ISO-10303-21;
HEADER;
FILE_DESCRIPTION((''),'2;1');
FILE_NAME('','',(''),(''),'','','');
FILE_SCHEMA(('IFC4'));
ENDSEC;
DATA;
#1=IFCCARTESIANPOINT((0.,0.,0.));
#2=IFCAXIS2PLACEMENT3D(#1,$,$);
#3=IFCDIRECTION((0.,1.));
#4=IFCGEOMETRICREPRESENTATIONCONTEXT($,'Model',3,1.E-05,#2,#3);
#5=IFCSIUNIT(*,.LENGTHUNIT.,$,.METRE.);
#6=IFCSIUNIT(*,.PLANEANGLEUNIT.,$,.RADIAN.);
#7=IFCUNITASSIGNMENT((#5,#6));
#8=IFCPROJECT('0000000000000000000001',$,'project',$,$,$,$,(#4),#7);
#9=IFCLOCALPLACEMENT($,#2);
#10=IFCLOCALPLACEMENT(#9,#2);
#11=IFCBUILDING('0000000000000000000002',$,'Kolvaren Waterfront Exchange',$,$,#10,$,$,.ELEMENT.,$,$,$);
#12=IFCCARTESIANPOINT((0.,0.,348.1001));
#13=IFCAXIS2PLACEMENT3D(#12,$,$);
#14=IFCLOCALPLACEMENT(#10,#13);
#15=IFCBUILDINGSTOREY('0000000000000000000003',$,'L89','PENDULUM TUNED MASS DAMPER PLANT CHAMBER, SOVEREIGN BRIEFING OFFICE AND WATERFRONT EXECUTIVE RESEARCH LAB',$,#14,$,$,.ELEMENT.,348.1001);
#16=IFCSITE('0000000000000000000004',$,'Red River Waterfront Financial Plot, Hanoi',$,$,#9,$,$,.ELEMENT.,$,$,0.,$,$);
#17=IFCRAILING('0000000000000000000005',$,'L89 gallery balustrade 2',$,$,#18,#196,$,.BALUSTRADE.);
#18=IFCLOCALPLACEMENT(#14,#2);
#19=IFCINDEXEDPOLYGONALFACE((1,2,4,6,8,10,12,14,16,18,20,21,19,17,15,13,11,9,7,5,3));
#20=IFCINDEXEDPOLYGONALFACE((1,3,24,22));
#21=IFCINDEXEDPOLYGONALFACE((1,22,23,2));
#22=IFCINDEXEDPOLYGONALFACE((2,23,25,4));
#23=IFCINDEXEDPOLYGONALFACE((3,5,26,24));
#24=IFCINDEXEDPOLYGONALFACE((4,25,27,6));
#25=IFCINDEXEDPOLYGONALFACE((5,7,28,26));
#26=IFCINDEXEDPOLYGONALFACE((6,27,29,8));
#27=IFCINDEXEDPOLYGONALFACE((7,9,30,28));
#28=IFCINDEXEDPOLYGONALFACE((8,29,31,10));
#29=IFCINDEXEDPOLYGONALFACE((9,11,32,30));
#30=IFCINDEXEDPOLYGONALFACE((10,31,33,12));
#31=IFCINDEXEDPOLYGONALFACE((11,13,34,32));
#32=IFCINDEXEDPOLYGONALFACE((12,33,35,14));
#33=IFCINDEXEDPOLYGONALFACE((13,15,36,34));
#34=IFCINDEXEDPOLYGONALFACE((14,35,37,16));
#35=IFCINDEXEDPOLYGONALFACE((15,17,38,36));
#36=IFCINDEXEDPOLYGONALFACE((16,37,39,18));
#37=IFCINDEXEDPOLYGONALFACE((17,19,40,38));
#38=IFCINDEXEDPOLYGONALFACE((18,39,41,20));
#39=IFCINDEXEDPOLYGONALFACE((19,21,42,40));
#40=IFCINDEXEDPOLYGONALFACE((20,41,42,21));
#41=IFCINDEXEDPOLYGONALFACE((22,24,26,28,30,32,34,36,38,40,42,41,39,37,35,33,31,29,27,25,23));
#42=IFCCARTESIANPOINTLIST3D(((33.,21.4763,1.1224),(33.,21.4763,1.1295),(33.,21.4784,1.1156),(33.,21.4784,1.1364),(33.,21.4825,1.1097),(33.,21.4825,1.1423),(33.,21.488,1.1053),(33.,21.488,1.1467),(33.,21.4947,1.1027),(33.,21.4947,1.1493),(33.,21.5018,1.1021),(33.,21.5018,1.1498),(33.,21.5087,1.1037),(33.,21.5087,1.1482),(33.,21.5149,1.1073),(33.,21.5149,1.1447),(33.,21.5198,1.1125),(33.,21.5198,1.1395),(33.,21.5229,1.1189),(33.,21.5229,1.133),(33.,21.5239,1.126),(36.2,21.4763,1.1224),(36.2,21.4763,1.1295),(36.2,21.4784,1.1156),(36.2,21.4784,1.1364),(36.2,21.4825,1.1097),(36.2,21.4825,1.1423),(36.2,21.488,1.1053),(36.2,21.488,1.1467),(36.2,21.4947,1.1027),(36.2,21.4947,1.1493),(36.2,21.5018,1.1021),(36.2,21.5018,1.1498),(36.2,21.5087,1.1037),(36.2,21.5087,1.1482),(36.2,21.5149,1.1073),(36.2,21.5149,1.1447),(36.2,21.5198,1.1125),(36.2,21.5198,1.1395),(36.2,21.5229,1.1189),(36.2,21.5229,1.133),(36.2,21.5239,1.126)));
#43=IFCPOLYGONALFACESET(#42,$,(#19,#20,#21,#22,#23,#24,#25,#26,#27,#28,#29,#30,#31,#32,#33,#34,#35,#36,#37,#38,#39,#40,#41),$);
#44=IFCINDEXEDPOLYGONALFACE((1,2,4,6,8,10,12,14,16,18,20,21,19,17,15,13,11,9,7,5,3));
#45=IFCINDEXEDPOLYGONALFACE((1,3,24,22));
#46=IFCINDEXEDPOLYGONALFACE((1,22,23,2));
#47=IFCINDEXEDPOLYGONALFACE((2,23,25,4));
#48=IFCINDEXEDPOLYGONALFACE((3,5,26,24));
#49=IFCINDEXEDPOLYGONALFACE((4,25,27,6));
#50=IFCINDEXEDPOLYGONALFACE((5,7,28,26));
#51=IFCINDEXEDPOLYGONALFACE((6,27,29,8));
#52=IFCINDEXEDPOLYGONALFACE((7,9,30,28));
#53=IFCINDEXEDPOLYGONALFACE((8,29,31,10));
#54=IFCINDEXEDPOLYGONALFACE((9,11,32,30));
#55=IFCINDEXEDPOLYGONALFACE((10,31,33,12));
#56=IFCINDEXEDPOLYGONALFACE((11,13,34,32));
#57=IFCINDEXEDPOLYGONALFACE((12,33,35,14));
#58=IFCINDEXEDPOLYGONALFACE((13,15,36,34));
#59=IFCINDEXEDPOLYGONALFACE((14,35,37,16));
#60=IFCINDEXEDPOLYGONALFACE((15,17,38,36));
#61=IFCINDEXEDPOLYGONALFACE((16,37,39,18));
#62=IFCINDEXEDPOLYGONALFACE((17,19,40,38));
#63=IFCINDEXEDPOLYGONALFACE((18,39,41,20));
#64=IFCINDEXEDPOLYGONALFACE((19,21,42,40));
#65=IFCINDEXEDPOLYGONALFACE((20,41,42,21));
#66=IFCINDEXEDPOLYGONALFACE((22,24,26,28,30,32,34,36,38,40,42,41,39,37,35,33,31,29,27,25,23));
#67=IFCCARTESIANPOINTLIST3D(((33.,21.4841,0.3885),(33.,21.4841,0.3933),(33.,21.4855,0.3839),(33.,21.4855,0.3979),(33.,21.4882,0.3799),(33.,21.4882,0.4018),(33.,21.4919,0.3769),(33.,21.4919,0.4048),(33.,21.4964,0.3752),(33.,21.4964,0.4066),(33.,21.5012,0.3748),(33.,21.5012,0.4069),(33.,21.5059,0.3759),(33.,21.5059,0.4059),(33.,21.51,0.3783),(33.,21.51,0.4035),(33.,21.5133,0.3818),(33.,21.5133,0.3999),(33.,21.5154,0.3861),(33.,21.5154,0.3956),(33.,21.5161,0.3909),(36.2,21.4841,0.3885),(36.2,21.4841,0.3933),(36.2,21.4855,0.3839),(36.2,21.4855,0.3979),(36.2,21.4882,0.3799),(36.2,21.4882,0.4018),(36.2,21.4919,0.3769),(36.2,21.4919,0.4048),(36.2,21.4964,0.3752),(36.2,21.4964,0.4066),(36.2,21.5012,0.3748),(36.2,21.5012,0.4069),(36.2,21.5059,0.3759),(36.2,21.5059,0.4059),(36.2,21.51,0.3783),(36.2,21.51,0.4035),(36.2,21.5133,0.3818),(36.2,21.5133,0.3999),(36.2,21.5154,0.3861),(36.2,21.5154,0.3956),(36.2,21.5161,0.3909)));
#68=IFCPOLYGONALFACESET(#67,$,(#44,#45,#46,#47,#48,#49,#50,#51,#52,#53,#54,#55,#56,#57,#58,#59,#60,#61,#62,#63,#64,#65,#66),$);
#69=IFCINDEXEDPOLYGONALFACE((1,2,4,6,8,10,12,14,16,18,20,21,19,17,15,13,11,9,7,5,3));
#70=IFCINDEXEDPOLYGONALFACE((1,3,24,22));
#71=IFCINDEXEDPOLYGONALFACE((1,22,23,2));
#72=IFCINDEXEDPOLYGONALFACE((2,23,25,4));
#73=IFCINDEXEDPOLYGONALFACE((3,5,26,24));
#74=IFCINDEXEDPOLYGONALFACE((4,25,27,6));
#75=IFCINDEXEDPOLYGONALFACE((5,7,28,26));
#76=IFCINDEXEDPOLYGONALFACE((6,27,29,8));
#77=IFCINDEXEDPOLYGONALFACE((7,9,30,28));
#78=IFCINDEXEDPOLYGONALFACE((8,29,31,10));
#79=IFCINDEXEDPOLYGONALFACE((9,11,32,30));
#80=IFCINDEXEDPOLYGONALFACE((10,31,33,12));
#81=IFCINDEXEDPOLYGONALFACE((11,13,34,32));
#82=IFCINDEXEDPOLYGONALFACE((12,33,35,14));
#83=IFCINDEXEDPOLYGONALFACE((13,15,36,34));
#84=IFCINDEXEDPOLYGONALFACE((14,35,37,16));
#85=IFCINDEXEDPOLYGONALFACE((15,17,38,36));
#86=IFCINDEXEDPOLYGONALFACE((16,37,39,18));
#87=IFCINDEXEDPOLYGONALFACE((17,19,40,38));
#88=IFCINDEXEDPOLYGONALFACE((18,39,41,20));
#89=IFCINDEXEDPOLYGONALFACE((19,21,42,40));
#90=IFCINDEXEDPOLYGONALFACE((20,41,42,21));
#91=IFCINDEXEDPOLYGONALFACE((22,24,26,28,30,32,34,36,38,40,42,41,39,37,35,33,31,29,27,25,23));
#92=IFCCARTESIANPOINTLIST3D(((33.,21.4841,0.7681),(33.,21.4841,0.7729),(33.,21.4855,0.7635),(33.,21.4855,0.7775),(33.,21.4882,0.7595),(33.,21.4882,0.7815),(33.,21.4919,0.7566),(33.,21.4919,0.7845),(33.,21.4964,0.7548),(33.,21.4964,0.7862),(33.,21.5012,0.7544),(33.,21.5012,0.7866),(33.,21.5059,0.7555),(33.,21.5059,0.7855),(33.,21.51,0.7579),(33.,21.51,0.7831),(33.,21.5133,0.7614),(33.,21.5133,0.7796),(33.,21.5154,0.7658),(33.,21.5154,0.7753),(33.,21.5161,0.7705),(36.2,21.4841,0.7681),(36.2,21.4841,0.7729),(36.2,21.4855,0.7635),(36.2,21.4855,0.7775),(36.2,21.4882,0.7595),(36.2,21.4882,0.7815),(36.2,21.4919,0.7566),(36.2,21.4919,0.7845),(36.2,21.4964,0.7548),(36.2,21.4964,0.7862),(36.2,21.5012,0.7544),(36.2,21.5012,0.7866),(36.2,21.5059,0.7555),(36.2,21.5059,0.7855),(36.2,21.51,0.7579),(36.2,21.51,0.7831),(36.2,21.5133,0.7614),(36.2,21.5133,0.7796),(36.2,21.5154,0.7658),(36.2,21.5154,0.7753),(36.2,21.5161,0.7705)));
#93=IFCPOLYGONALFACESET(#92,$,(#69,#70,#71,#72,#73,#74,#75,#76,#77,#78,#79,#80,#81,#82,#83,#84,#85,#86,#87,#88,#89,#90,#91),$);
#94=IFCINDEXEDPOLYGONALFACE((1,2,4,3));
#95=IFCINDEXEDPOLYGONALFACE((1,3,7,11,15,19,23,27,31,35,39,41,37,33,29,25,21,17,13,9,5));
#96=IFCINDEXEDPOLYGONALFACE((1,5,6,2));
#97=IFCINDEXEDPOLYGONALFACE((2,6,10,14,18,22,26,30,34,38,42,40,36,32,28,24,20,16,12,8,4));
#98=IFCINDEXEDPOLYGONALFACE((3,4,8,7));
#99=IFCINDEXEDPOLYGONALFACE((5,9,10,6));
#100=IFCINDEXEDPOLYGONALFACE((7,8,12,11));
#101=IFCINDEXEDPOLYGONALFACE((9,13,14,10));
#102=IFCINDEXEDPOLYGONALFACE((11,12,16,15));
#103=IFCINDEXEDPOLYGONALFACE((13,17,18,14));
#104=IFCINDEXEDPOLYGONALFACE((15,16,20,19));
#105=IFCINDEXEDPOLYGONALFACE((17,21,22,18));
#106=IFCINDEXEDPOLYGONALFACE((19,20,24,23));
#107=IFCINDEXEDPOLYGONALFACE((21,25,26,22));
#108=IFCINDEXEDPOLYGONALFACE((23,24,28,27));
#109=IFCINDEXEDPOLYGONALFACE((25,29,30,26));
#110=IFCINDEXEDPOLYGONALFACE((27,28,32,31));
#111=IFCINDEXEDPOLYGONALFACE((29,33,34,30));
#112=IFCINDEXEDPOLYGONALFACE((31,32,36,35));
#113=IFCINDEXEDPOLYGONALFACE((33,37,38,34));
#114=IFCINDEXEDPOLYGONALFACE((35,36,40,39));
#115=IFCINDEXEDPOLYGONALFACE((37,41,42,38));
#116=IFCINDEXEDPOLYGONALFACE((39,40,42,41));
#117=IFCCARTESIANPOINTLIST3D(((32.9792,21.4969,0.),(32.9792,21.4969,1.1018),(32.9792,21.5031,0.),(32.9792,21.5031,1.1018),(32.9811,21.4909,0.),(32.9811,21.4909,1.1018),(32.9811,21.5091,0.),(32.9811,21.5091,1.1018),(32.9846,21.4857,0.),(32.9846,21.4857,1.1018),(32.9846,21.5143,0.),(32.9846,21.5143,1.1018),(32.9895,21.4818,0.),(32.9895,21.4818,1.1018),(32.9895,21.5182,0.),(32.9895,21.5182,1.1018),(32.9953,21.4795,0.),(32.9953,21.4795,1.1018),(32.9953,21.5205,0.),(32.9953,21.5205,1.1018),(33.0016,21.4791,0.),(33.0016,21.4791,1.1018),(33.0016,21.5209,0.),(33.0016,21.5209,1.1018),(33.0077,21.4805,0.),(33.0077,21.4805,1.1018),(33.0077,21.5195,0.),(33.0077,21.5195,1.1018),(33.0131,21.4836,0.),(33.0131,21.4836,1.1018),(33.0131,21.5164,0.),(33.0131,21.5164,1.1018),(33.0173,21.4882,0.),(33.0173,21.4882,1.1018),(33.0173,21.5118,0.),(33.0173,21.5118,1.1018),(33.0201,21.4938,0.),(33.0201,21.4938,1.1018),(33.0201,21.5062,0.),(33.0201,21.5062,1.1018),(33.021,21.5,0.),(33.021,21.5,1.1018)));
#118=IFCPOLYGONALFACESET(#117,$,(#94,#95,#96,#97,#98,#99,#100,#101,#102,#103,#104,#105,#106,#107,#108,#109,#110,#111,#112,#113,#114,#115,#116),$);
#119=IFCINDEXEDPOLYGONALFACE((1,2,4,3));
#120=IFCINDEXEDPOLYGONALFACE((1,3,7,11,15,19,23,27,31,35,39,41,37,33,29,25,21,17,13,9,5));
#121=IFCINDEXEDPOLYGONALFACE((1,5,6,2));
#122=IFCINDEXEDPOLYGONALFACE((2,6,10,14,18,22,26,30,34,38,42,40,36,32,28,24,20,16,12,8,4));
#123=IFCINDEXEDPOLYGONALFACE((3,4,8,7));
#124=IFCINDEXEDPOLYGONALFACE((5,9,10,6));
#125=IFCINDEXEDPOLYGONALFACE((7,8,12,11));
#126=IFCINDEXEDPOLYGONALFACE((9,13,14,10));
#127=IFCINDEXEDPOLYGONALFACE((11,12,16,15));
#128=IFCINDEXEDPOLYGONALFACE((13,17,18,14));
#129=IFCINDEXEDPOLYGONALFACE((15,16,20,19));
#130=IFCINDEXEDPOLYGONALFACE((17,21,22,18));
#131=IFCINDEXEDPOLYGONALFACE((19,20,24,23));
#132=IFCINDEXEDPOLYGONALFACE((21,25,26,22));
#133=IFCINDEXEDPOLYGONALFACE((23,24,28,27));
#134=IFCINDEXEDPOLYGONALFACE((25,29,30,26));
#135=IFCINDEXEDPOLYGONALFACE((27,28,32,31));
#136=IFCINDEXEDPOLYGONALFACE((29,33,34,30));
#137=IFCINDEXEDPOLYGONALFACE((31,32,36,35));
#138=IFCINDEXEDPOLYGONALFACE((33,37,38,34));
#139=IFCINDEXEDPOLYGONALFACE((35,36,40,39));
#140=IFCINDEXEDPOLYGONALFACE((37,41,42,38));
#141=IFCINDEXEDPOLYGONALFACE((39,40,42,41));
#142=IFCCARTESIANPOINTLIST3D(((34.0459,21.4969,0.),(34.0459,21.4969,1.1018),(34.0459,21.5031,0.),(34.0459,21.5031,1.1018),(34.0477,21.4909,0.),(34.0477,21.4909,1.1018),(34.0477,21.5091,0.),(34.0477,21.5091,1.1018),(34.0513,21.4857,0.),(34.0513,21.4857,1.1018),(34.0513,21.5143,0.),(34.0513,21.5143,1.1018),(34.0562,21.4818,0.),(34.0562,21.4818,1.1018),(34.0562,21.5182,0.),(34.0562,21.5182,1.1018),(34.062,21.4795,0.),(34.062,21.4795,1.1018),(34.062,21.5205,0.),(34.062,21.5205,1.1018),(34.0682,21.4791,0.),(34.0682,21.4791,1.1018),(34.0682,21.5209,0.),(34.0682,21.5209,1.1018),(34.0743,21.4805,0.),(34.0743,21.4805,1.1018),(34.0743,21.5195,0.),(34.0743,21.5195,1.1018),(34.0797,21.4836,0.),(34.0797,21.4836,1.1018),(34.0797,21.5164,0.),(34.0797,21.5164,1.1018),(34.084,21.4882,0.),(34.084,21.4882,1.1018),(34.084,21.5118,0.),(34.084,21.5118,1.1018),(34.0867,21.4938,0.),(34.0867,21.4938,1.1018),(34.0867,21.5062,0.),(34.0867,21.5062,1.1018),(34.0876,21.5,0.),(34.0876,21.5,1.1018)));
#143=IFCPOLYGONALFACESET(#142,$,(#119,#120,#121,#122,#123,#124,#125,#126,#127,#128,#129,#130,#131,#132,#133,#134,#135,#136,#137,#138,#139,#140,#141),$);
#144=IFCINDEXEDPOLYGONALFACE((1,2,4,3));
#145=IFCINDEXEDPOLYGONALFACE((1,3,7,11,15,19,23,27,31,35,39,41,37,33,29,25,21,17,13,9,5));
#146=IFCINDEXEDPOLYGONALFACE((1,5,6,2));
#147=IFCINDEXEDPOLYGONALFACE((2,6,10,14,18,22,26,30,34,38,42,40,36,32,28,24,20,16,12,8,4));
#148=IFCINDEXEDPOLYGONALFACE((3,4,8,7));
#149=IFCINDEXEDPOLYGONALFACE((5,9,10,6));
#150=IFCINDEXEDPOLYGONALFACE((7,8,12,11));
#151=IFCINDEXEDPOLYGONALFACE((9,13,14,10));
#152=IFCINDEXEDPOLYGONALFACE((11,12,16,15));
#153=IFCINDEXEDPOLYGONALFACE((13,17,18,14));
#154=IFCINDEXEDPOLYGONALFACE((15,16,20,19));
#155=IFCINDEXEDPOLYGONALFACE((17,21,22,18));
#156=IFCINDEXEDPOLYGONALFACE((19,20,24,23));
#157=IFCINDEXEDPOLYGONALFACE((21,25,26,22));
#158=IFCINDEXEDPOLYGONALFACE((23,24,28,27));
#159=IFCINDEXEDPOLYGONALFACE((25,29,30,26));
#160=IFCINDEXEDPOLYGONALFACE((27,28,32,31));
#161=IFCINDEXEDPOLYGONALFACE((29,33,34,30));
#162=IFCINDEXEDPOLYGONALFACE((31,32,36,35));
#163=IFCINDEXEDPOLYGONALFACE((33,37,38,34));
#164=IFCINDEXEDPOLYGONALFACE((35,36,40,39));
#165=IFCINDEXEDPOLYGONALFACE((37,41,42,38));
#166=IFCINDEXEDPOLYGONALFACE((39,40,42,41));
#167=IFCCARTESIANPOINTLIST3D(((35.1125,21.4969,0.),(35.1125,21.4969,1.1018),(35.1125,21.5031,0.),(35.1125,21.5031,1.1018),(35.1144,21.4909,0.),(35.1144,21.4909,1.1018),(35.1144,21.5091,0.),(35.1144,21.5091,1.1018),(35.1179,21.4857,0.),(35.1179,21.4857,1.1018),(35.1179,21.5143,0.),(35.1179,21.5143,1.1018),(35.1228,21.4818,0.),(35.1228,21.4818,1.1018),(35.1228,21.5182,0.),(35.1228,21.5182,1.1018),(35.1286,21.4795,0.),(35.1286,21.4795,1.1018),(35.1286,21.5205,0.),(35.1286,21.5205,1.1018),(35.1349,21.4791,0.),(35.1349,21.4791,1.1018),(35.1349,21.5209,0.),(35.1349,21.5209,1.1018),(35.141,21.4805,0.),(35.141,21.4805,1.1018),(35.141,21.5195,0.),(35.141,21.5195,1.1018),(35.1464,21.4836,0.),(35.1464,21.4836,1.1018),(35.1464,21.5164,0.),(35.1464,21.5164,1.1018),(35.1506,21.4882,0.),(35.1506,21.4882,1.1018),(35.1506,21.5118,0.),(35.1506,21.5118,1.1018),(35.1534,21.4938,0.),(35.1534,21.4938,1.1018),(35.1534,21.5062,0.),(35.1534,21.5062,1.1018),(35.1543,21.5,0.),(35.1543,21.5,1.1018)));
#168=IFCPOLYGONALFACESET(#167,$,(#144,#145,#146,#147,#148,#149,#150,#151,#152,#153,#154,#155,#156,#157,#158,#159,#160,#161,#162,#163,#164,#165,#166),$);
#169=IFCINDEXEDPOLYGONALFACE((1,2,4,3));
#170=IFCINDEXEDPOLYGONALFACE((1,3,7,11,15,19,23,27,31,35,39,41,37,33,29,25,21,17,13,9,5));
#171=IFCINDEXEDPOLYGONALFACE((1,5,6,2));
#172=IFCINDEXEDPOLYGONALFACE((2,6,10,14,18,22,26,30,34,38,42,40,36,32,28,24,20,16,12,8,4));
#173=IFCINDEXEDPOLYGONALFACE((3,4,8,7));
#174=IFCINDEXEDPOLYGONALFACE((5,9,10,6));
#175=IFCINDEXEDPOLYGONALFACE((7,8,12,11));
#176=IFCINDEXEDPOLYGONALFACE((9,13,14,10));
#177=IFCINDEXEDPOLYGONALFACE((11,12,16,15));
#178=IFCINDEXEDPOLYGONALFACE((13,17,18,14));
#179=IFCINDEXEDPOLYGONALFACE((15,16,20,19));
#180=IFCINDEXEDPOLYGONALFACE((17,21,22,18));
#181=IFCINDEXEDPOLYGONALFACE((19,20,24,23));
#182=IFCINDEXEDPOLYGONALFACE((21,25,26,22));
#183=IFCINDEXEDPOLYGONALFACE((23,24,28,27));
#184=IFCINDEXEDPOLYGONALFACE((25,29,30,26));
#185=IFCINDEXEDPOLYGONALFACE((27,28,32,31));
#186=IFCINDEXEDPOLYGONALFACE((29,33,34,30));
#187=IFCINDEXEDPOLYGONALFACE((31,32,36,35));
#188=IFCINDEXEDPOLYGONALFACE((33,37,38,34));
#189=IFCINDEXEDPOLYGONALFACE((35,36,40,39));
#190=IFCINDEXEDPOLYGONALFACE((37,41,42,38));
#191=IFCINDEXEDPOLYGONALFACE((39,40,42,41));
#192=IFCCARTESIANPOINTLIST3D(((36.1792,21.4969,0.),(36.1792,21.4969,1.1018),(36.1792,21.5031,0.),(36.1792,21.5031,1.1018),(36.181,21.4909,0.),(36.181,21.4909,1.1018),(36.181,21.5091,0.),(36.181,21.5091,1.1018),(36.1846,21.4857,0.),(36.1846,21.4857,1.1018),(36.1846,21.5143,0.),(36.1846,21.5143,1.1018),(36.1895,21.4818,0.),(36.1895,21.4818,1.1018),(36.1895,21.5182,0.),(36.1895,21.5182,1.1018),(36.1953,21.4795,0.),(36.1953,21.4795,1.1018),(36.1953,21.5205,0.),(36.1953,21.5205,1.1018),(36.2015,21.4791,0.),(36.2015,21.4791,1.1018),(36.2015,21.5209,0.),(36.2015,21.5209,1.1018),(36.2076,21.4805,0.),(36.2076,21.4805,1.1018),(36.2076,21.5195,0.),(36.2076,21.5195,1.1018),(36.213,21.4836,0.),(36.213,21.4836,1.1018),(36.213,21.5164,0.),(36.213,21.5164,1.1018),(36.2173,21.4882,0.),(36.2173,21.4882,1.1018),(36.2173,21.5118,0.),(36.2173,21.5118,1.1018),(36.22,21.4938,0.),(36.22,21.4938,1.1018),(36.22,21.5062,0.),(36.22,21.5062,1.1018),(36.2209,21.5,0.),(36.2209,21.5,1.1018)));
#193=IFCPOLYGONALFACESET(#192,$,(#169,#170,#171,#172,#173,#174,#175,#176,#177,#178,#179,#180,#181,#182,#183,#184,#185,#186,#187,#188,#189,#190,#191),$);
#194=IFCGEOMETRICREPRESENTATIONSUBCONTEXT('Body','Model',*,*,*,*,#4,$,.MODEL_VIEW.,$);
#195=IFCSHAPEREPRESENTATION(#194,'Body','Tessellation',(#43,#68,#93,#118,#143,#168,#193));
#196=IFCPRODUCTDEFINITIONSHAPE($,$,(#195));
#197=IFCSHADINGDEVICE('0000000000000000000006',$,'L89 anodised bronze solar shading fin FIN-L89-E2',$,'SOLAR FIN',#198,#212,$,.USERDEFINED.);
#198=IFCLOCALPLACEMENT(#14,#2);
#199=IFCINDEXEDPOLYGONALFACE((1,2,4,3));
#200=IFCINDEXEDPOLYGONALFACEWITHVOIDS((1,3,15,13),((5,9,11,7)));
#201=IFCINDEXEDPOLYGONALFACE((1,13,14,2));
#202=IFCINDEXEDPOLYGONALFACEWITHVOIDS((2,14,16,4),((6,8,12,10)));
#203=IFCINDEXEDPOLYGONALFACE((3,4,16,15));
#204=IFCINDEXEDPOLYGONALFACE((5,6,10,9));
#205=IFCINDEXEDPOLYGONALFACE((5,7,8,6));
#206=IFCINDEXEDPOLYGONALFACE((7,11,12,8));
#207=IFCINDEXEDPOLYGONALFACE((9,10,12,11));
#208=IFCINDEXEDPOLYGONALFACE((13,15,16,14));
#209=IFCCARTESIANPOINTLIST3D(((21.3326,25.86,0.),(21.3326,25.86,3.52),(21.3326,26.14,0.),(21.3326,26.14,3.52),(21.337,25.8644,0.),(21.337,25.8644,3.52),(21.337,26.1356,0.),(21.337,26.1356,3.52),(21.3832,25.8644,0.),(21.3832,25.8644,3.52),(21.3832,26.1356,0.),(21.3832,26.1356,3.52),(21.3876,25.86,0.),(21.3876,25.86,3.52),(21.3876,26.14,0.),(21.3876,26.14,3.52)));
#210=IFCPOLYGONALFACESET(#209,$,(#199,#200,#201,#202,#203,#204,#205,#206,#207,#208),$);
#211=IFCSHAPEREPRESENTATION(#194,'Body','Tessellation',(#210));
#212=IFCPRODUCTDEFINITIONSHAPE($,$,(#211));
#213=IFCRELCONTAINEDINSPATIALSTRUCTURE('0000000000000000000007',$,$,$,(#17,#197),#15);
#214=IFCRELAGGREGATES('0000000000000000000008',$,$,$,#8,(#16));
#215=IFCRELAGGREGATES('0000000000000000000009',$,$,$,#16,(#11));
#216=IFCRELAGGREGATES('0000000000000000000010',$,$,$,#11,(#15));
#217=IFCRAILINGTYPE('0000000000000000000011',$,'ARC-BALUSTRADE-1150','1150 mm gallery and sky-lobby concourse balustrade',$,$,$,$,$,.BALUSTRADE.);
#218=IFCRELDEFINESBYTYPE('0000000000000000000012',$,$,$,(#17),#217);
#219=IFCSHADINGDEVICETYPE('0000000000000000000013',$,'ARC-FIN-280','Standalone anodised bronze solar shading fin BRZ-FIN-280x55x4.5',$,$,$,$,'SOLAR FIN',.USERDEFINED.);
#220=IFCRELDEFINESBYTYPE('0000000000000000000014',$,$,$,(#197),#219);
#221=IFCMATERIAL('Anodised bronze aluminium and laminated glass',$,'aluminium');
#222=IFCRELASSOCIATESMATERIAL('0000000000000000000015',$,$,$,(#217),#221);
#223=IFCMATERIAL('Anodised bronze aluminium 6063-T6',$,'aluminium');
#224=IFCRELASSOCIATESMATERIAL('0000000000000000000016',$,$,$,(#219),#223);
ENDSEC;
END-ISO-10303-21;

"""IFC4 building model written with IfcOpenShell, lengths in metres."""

from ifc_helpers import new_model, si_unit, direction, frame, origin, origin_2d, place, context, subcontext, project, spatial, hollow_rectangle, circle, extrude, material, material_profile, profile_set, type_object, element, save


model = new_model("IFC4")

# Units and contexts
model_context = context("Model", 3, precision=1e-05, world=origin(), true_north=direction((0.0, 1.0)))
body_context = subcontext(model_context, "Body", "Model", "MODEL_VIEW")
ifc_project = project(units=[si_unit("LENGTHUNIT", "METRE"), si_unit("PLANEANGLEUNIT", "RADIAN")], contexts=[model_context])

# Site, building, storey
site_placement = place(None, origin())
site = spatial("IfcSite", under=ifc_project, at=site_placement, Name="Red River Waterfront Financial Plot, Hanoi", CompositionType="ELEMENT", RefElevation=0.0)
building_placement = place(site_placement, origin())
building = spatial("IfcBuilding", under=site, at=building_placement, Name="Kolvaren Waterfront Exchange", CompositionType="ELEMENT")
storey_placement = place(building_placement, frame((0.0, 0.0, 348.1001)))
storey = spatial("IfcBuildingStorey", under=building, at=storey_placement, Name="L89", Description="PENDULUM TUNED MASS DAMPER PLANT CHAMBER, SOVEREIGN BRIEFING OFFICE AND WATERFRONT EXECUTIVE RESEARCH LAB", CompositionType="ELEMENT", Elevation=348.1001)

# Shared definitions
ifc_material_1 = material(Name="Anodised bronze aluminium 6063-T6", Category="aluminium")

# Railing
ifc_material_2 = material(Name="Anodised bronze aluminium and laminated glass", Category="aluminium")
railing_type = type_object("IfcRailingType", Name="ARC-BALUSTRADE-1150", Description="1150 mm gallery and sky-lobby concourse balustrade", PredefinedType="BALUSTRADE", material=ifc_material_2)
for number, where, name in (
    (1, (33.0, 21.5, 0.0), "L89 gallery balustrade 2"),
):
    element("IfcRailing", number, at=place(storey_placement, frame(where)), inside=storey, type_object=railing_type, Name=name, PredefinedType="BALUSTRADE", context=body_context, shape_type="SweptSolid", body=[
        extrude(circle(Radius=0.0239, at=origin_2d()), frame((0.0, 0.0, 1.126), z_axis=(1.0, 0.0, 0.0), x_axis=(0.0, 1.0, 0.0)), (0.0, 0.0, 1.0), 3.2),
        extrude(circle(Radius=0.0161, at=origin_2d()), frame((0.0, 0.0, 0.3909), z_axis=(1.0, 0.0, 0.0), x_axis=(0.0, 1.0, 0.0)), (0.0, 0.0, 1.0), 3.2),
        extrude(circle(Radius=0.0161, at=origin_2d()), frame((0.0, 0.0, 0.7705), z_axis=(1.0, 0.0, 0.0), x_axis=(0.0, 1.0, 0.0)), (0.0, 0.0, 1.0), 3.2),
        extrude(circle(Radius=0.021, at=origin_2d()), origin(), (0.0, 0.0, 1.0), 1.1018),
        extrude(circle(Radius=0.021, at=origin_2d()), frame((1.0667, 0.0, 0.0)), (0.0, 0.0, 1.0), 1.1018),
        extrude(circle(Radius=0.021, at=origin_2d()), frame((2.1333, 0.0, 0.0)), (0.0, 0.0, 1.0), 1.1018),
        extrude(circle(Radius=0.021, at=origin_2d()), frame((3.2, 0.0, 0.0)), (0.0, 0.0, 1.0), 1.1018),
    ])

# Shading device
ifc_material_profile_1 = material_profile(ifc_material_1, hollow_rectangle(XDim=0.0549, YDim=0.28, WallThickness=0.0044, at=origin_2d()), Name="BRZ-FIN-280x55x4.5")
ifc_profile_set_1 = profile_set([ifc_material_profile_1], Name="Anodised bronze aluminium 6063-T6")
shading_device_type = type_object("IfcShadingDeviceType", Name="ARC-FIN-280", Description="Standalone anodised bronze solar shading fin BRZ-FIN-280x55x4.5", ElementType="SOLAR FIN", PredefinedType="USERDEFINED", material=ifc_profile_set_1)
for number, where, z_axis, x_axis, name in (
    (2, (21.3601, 26.0, 0.0), (0.0, 0.0, 1.0), (1.0, 0.0, 0.0), "L89 anodised bronze solar shading fin FIN-L89-E2"),
):
    element("IfcShadingDevice", number, at=place(storey_placement, frame(where, z_axis=z_axis, x_axis=x_axis)), inside=storey, type_object=shading_device_type, Name=name, ObjectType="SOLAR FIN", PredefinedType="USERDEFINED", context=body_context, shape_type="SweptSolid", body=[
        extrude(hollow_rectangle(XDim=0.0549, YDim=0.28, WallThickness=0.0044, at=origin_2d()), origin(), (0.0, 0.0, 1.0), 3.52),
    ])

save(model, "model.ifc")
